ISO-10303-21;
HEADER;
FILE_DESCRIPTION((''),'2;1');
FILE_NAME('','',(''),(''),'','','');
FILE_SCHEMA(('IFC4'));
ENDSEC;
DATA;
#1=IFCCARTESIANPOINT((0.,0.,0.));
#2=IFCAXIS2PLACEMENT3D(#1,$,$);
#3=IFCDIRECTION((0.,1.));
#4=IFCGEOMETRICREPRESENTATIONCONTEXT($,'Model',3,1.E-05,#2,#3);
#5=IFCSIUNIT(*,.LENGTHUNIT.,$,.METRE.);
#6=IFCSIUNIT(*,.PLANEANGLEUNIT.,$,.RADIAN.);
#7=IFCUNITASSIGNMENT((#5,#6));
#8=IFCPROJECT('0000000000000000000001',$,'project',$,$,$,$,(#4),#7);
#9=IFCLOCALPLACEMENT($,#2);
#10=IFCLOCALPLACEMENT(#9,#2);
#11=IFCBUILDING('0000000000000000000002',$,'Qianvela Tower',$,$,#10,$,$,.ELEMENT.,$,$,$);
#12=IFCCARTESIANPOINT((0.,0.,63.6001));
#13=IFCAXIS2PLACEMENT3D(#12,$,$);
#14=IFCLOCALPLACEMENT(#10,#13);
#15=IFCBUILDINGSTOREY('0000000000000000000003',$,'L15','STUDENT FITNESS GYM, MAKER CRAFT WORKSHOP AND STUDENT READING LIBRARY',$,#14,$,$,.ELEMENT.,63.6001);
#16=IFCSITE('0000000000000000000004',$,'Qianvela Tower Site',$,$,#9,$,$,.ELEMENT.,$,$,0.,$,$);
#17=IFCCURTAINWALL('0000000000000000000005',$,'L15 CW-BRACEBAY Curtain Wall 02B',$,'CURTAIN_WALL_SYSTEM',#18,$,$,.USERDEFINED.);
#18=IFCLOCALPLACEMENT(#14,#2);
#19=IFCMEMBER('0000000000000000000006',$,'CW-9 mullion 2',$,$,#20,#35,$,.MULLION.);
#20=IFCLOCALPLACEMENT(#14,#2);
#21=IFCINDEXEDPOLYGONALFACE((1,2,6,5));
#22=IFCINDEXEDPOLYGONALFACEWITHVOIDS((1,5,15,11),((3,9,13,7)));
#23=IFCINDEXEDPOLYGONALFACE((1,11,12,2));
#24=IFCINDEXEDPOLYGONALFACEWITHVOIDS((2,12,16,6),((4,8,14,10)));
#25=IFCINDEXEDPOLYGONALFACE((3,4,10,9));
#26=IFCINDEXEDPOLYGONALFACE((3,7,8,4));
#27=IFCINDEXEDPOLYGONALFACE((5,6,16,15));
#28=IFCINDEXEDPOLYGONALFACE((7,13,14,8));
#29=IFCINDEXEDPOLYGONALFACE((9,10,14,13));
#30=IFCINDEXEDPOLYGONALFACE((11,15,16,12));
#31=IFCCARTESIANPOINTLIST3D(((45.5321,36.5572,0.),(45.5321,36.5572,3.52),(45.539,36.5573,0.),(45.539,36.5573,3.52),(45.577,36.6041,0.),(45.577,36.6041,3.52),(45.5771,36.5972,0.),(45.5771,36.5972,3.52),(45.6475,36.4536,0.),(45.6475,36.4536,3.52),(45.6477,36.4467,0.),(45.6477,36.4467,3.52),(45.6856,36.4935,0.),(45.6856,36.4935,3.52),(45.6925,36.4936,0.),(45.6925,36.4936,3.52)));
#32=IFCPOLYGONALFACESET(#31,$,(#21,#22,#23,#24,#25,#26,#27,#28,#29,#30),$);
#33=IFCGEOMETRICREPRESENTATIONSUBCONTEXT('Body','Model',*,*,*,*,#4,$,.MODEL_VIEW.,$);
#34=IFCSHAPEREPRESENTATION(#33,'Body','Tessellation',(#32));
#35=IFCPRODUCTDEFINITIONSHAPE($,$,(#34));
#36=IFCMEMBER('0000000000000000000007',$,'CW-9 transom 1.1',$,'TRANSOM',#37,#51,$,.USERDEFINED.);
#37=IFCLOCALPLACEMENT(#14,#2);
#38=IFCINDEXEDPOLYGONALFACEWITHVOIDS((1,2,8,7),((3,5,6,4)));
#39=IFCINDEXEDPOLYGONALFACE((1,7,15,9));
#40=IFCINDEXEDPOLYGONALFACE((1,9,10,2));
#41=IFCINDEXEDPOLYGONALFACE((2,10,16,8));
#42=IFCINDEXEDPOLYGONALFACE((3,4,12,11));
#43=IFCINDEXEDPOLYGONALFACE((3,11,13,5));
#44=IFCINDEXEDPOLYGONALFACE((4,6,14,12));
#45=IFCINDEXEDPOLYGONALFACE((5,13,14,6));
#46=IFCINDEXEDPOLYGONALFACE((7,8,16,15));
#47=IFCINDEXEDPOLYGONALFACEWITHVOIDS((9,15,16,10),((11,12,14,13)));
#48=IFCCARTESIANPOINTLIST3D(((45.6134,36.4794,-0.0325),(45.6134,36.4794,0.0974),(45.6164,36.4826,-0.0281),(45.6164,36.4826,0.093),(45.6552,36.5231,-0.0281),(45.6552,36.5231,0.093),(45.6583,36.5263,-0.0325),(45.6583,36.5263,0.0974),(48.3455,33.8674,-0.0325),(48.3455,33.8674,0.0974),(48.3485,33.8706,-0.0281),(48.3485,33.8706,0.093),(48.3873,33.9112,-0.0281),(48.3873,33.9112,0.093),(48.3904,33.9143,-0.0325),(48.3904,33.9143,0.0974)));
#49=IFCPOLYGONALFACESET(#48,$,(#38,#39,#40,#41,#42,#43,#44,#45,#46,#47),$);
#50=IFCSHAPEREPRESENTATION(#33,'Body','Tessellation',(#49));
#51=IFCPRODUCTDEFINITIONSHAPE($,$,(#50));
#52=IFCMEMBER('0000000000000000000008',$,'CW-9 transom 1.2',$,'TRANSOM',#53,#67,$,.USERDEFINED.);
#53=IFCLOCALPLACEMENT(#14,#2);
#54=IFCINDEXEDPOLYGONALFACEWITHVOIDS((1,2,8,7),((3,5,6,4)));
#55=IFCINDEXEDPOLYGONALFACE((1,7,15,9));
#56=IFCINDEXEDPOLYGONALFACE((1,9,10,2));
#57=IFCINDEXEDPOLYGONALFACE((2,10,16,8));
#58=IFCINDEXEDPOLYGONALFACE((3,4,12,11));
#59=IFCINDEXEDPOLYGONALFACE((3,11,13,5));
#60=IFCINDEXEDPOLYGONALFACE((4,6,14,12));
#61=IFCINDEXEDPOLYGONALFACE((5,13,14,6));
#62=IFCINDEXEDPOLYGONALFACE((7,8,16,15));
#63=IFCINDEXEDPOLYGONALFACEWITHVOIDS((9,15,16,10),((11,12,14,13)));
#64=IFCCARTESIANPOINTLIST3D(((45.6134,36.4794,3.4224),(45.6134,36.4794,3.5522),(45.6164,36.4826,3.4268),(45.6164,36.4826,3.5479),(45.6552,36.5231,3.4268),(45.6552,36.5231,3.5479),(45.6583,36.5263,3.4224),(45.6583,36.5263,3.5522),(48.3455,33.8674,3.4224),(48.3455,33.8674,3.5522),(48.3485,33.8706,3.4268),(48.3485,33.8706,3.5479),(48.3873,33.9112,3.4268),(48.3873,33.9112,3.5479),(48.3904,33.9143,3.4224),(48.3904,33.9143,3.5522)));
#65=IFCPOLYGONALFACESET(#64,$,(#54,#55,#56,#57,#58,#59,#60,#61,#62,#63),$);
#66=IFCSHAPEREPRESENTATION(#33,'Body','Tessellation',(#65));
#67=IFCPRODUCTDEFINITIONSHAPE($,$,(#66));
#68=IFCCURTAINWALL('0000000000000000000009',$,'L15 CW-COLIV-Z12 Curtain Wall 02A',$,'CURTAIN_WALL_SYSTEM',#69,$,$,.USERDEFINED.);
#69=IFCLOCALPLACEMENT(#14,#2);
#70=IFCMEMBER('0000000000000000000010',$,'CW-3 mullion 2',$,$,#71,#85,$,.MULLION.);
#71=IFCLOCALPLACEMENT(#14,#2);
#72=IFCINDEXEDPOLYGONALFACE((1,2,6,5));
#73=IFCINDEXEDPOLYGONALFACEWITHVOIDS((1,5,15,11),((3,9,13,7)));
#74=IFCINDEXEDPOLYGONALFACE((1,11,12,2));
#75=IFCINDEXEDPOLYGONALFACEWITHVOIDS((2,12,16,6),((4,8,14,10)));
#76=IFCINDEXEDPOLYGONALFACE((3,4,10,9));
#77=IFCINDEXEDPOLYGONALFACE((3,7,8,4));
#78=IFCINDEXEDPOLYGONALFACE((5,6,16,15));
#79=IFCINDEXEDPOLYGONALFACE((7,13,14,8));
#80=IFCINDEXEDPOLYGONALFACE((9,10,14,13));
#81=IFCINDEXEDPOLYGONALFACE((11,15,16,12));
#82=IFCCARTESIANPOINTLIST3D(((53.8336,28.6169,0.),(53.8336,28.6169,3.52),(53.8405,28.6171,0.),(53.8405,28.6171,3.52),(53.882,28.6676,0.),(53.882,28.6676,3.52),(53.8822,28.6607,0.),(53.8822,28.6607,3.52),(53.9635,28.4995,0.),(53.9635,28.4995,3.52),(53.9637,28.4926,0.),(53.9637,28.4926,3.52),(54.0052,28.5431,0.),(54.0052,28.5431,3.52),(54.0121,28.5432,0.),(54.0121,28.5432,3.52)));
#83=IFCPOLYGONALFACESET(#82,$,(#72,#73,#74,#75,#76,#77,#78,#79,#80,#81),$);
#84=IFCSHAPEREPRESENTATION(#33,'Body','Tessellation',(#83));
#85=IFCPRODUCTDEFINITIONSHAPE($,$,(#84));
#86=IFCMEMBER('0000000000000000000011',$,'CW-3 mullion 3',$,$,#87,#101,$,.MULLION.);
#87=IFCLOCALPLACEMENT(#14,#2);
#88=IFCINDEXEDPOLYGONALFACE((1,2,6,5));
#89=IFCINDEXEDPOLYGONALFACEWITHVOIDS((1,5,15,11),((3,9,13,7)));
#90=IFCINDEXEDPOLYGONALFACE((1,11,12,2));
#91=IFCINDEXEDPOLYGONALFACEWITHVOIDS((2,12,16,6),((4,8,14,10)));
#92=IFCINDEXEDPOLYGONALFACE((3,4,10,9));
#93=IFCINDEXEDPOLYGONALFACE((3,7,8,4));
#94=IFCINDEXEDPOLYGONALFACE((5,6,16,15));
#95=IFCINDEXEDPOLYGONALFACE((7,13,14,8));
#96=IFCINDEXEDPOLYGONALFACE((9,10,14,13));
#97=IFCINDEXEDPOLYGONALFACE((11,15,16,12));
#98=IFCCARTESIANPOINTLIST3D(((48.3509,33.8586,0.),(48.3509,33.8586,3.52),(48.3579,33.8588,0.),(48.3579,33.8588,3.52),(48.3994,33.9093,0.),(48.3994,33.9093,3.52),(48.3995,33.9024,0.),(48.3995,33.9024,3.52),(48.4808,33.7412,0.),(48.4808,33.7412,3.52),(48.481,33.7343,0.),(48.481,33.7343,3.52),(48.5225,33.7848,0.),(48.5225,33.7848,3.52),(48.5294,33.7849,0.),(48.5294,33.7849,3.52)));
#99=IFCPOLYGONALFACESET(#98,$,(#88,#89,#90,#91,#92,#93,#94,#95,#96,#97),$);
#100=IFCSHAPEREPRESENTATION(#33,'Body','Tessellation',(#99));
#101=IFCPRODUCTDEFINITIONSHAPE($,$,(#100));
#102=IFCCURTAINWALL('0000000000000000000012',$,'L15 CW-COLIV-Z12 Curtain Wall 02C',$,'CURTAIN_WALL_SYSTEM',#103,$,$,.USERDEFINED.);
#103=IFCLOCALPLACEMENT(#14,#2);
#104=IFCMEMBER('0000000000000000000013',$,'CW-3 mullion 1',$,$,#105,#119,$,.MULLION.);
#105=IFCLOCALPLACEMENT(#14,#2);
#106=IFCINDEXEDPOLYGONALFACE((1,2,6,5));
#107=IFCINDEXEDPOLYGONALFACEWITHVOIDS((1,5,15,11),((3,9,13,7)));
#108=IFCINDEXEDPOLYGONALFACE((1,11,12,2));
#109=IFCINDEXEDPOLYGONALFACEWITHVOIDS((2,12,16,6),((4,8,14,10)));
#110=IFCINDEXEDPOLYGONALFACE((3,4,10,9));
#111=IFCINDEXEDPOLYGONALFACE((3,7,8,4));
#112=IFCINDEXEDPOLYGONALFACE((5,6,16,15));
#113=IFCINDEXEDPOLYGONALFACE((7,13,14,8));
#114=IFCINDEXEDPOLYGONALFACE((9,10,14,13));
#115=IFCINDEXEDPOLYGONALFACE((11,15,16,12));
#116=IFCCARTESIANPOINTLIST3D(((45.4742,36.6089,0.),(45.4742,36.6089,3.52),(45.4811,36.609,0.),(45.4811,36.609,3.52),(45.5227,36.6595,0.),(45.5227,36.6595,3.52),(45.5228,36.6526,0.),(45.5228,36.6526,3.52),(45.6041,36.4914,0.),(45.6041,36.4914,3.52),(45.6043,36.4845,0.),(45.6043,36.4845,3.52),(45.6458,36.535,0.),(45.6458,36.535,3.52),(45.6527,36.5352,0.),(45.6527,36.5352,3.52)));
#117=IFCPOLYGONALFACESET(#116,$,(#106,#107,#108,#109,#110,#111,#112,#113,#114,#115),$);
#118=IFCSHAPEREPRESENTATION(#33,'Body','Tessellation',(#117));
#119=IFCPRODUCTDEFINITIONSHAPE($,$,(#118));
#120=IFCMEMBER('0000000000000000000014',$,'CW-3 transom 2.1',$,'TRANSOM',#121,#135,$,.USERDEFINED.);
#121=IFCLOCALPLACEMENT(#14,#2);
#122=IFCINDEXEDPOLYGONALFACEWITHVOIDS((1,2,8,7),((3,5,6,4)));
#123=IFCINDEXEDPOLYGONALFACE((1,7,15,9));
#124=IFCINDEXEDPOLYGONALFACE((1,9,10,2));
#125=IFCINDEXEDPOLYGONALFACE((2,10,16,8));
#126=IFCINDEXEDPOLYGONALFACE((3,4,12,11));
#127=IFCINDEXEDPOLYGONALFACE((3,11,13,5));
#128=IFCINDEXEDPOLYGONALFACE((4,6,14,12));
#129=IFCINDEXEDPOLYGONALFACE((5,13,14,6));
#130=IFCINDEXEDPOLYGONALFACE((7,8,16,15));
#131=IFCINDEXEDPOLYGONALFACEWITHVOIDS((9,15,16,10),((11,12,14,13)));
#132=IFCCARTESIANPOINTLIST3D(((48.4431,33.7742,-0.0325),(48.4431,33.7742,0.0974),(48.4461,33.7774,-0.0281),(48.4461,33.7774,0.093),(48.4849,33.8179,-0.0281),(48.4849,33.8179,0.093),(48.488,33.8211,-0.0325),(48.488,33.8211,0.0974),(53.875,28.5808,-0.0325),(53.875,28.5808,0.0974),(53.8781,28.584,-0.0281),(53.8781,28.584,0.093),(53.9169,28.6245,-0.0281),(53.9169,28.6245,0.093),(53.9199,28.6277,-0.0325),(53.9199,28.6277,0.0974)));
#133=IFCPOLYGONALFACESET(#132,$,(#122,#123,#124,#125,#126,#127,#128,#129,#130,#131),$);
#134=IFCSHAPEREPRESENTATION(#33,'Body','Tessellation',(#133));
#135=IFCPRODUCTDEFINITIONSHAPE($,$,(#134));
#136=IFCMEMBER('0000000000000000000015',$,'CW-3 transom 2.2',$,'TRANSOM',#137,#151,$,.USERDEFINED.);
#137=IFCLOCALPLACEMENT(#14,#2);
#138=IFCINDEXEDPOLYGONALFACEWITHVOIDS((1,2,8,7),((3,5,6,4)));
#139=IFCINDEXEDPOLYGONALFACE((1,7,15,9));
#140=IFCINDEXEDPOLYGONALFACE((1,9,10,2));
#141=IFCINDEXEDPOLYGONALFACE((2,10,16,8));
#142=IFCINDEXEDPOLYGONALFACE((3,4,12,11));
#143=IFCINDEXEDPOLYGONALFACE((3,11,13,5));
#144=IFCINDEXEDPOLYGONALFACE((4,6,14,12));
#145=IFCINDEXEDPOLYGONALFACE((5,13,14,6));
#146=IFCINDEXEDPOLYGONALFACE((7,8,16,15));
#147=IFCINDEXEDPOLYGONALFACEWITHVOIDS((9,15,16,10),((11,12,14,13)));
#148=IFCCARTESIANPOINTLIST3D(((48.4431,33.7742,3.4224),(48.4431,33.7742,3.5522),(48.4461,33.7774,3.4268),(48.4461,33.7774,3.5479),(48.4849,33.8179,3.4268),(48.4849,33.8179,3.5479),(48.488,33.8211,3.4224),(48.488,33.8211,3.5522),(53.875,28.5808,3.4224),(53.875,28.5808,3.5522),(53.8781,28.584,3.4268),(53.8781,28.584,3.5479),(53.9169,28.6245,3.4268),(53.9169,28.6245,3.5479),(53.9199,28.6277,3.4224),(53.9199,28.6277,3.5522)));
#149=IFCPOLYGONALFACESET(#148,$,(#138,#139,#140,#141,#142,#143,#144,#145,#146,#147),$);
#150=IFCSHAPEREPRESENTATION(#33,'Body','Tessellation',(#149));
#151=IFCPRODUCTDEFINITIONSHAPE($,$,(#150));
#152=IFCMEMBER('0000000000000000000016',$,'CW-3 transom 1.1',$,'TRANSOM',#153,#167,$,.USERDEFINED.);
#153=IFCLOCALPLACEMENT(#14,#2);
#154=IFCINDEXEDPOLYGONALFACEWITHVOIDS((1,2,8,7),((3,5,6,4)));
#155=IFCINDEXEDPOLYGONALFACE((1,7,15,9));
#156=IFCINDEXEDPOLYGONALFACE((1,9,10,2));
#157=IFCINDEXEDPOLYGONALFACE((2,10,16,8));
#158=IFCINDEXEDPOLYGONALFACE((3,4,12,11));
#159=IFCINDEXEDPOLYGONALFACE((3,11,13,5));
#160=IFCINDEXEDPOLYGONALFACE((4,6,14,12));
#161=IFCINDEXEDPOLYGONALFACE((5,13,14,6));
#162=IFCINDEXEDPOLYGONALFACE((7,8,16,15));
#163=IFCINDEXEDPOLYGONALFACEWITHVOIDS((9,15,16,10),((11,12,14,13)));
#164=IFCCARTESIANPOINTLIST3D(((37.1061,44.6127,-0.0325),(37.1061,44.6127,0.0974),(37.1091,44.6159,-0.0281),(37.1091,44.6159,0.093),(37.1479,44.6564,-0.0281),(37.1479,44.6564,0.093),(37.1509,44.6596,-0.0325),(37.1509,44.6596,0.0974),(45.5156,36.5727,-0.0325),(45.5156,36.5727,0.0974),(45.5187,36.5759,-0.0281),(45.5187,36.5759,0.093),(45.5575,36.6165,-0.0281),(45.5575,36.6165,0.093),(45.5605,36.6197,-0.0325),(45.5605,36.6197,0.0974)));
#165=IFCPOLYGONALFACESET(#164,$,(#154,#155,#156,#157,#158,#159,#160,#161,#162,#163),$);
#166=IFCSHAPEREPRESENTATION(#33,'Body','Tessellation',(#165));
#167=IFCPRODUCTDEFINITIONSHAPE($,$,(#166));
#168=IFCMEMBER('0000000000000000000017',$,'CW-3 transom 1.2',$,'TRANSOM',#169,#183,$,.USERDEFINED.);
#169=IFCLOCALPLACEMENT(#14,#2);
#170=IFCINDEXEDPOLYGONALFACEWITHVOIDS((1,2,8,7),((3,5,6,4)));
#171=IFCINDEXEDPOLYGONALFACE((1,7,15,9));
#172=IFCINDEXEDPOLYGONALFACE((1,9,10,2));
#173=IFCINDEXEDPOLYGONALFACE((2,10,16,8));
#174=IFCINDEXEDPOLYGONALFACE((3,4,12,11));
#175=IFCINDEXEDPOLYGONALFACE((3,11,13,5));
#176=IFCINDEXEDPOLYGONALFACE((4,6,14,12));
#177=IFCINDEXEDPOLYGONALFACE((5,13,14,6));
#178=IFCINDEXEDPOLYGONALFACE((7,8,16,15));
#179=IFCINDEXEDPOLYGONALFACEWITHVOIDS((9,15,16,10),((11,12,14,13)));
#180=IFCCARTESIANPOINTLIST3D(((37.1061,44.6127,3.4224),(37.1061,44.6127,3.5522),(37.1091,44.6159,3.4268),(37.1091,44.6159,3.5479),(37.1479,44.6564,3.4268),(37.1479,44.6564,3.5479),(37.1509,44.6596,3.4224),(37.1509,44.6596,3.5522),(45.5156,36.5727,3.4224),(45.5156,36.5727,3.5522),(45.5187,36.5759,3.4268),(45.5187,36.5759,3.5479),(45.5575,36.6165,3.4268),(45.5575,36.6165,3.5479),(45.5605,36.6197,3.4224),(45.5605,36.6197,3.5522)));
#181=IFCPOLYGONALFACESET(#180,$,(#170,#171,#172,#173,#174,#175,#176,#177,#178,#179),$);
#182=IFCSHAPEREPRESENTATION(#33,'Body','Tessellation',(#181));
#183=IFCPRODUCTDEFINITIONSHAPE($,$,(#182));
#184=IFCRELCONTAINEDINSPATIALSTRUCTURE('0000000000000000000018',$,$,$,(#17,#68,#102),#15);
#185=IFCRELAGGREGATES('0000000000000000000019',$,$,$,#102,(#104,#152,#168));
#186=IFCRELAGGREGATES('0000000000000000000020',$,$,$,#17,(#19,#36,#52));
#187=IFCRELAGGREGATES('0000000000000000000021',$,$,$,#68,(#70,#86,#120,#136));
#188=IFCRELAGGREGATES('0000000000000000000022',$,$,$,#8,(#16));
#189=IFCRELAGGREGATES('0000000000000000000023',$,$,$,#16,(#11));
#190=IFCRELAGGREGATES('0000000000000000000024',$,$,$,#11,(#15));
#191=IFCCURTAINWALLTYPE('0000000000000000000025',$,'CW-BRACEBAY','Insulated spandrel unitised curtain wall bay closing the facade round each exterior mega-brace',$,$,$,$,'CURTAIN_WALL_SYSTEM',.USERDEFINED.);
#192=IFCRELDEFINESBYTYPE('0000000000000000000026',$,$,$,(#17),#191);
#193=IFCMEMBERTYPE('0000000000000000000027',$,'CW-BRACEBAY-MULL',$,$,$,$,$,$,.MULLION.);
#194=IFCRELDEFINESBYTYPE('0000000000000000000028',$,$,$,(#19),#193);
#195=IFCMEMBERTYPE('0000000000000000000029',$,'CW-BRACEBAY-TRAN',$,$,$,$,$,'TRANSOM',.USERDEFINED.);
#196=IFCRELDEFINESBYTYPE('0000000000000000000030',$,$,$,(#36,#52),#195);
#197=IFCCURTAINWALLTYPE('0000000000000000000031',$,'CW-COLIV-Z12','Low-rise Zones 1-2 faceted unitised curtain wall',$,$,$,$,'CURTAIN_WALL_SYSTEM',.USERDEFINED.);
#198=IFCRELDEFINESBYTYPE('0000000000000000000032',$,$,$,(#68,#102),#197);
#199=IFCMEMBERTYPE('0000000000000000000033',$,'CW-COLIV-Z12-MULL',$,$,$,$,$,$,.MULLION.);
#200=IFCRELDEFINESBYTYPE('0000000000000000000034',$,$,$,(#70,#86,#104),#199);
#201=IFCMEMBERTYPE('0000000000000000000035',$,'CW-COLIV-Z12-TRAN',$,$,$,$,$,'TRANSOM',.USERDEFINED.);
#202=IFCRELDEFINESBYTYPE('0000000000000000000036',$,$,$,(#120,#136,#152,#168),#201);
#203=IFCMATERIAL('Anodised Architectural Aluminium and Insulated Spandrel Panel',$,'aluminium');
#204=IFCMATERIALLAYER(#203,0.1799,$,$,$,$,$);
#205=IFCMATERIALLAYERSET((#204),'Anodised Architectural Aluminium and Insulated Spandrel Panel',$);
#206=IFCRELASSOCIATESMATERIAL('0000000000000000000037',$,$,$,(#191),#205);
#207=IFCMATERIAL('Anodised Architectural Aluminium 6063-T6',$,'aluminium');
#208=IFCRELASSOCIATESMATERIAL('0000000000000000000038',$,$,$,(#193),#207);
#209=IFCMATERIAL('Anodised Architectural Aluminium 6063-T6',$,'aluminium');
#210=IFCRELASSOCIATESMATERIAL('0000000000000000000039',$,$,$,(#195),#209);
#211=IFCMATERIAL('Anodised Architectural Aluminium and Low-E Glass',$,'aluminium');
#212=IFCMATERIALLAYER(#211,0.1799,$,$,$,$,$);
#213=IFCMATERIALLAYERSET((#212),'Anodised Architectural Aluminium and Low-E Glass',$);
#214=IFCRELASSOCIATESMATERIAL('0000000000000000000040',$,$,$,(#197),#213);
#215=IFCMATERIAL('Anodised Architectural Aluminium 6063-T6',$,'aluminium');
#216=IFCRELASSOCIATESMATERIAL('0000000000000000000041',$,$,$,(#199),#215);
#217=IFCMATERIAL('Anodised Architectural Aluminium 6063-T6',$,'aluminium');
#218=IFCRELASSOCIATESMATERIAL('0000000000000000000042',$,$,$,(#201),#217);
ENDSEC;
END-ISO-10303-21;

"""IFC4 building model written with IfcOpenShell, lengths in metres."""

from ifc_helpers import new_model, si_unit, direction, frame, origin, origin_2d, place, context, subcontext, project, spatial, hollow_rectangle, extrude, material, layer, layer_set, material_profile, profile_set, type_object, element, aggregate, save


model = new_model("IFC4")

# Units and contexts
model_context = context("Model", 3, precision=1e-05, world=origin(), true_north=direction((0.0, 1.0)))
body_context = subcontext(model_context, "Body", "Model", "MODEL_VIEW")
ifc_project = project(units=[si_unit("LENGTHUNIT", "METRE"), si_unit("PLANEANGLEUNIT", "RADIAN")], contexts=[model_context])

# Site, building, storey
site_placement = place(None, origin())
site = spatial("IfcSite", under=ifc_project, at=site_placement, Name="Qianvela Tower Site", CompositionType="ELEMENT", RefElevation=0.0)
building_placement = place(site_placement, origin())
building = spatial("IfcBuilding", under=site, at=building_placement, Name="Qianvela Tower", CompositionType="ELEMENT")
storey_placement = place(building_placement, frame((0.0, 0.0, 63.6001)))
storey = spatial("IfcBuildingStorey", under=building, at=storey_placement, Name="L15", Description="STUDENT FITNESS GYM, MAKER CRAFT WORKSHOP AND STUDENT READING LIBRARY", CompositionType="ELEMENT", Elevation=63.6001)

# Curtain walls, members
ifc_material_1 = material(Name="Anodised Architectural Aluminium and Insulated Spandrel Panel", Category="aluminium")
ifc_layer_1 = layer(ifc_material_1, 0.1799)
ifc_layer_set_1 = layer_set([ifc_layer_1], Name="Anodised Architectural Aluminium and Insulated Spandrel Panel")
curtain_wall_type_1 = type_object("IfcCurtainWallType", Name="CW-BRACEBAY", Description="Insulated spandrel unitised curtain wall bay closing the facade round each exterior mega-brace", ElementType="CURTAIN_WALL_SYSTEM", PredefinedType="USERDEFINED", material=ifc_layer_set_1)
curtain_wall_1_placement = place(storey_placement, origin())
curtain_wall_1 = element("IfcCurtainWall", 1, at=curtain_wall_1_placement, inside=storey, type_object=curtain_wall_type_1, Name="L15 CW-BRACEBAY Curtain Wall 02B", ObjectType="CURTAIN_WALL_SYSTEM", PredefinedType="USERDEFINED")
ifc_material_2 = material(Name="Anodised Architectural Aluminium 6063-T6", Category="aluminium")
ifc_material_profile_1 = material_profile(ifc_material_2, hollow_rectangle(XDim=0.0649, YDim=0.1599, WallThickness=0.0049, at=origin_2d()), Name="ALU-MULL-65x160")
ifc_profile_set_1 = profile_set([ifc_material_profile_1], Name="Anodised Architectural Aluminium 6063-T6")
member_type_1 = type_object("IfcMemberType", Name="CW-BRACEBAY-MULL", PredefinedType="MULLION", material=ifc_profile_set_1)
member_1_placement = place(storey_placement, frame((45.6123, 36.5254, 0.0), z_axis=(0.0, 0.0, 1.0), x_axis=(-0.691046, -0.722811, 0.0)))
member_1 = element("IfcMember", 2, at=member_1_placement, type_object=member_type_1, Name="CW-9 mullion 2", PredefinedType="MULLION", context=body_context, shape_type="SweptSolid", body=[
    extrude(hollow_rectangle(XDim=0.0649, YDim=0.1599, WallThickness=0.0049, at=origin_2d()), origin(), (0.0, 0.0, 1.0), 3.52),
])
ifc_material_3 = material(Name="Anodised Architectural Aluminium 6063-T6", Category="aluminium")
ifc_material_profile_2 = material_profile(ifc_material_3, hollow_rectangle(XDim=0.0649, YDim=0.1299, WallThickness=0.0044, at=origin_2d()), Name="ALU-TRAN-65x130")
ifc_profile_set_2 = profile_set([ifc_material_profile_2], Name="Anodised Architectural Aluminium 6063-T6")
member_type_2 = type_object("IfcMemberType", Name="CW-BRACEBAY-TRAN", ElementType="TRANSOM", PredefinedType="USERDEFINED", material=ifc_profile_set_2)
member_2_placement = place(storey_placement, frame((48.3679, 33.8909, 0.0325), z_axis=(-0.722817, 0.691039, 0.0), x_axis=(-0.691039, -0.722817, 0.0)))
member_2 = element("IfcMember", 3, at=member_2_placement, type_object=member_type_2, Name="CW-9 transom 1.1", ObjectType="TRANSOM", PredefinedType="USERDEFINED", context=body_context, shape_type="SweptSolid", body=[
    extrude(hollow_rectangle(XDim=0.0649, YDim=0.1299, WallThickness=0.0044, at=origin_2d()), origin(), (0.0, 0.0, 1.0), 3.7798),
])
member_3_placement = place(storey_placement, frame((48.3679, 33.8909, 3.4873), z_axis=(-0.722817, 0.691039, 0.0), x_axis=(-0.691039, -0.722817, 0.0)))
member_3 = element("IfcMember", 4, at=member_3_placement, type_object=member_type_2, Name="CW-9 transom 1.2", ObjectType="TRANSOM", PredefinedType="USERDEFINED", context=body_context, shape_type="SweptSolid", body=[
    extrude(hollow_rectangle(XDim=0.0649, YDim=0.1299, WallThickness=0.0044, at=origin_2d()), origin(), (0.0, 0.0, 1.0), 3.7798),
])
ifc_material_4 = material(Name="Anodised Architectural Aluminium and Low-E Glass", Category="aluminium")
ifc_layer_2 = layer(ifc_material_4, 0.1799)
ifc_layer_set_2 = layer_set([ifc_layer_2], Name="Anodised Architectural Aluminium and Low-E Glass")
curtain_wall_type_2 = type_object("IfcCurtainWallType", Name="CW-COLIV-Z12", Description="Low-rise Zones 1-2 faceted unitised curtain wall", ElementType="CURTAIN_WALL_SYSTEM", PredefinedType="USERDEFINED", material=ifc_layer_set_2)
curtain_wall_2_placement = place(storey_placement, origin())
curtain_wall_2 = element("IfcCurtainWall", 5, at=curtain_wall_2_placement, inside=storey, type_object=curtain_wall_type_2, Name="L15 CW-COLIV-Z12 Curtain Wall 02A", ObjectType="CURTAIN_WALL_SYSTEM", PredefinedType="USERDEFINED")
ifc_material_5 = material(Name="Anodised Architectural Aluminium 6063-T6", Category="aluminium")
ifc_material_profile_3 = material_profile(ifc_material_5, hollow_rectangle(XDim=0.0701, YDim=0.1799, WallThickness=0.0049, at=origin_2d()), Name="ALU-MULL-70x180")
ifc_profile_set_3 = profile_set([ifc_material_profile_3], Name="Anodised Architectural Aluminium 6063-T6")
member_type_3 = type_object("IfcMemberType", Name="CW-COLIV-Z12-MULL", PredefinedType="MULLION", material=ifc_profile_set_3)
member_4_placement = place(storey_placement, frame((53.9229, 28.5801, 0.0), z_axis=(0.0, 0.0, 1.0), x_axis=(-0.691043, -0.722814, 0.0)))
member_4 = element("IfcMember", 6, at=member_4_placement, type_object=member_type_3, Name="CW-3 mullion 2", PredefinedType="MULLION", context=body_context, shape_type="SweptSolid", body=[
    extrude(hollow_rectangle(XDim=0.0701, YDim=0.1799, WallThickness=0.0049, at=origin_2d()), origin(), (0.0, 0.0, 1.0), 3.52),
])
member_5_placement = place(storey_placement, frame((48.4402, 33.8218, 0.0), z_axis=(0.0, 0.0, 1.0), x_axis=(-0.691043, -0.722814, 0.0)))
member_5 = element("IfcMember", 7, at=member_5_placement, type_object=member_type_3, Name="CW-3 mullion 3", PredefinedType="MULLION", context=body_context, shape_type="SweptSolid", body=[
    extrude(hollow_rectangle(XDim=0.0701, YDim=0.1799, WallThickness=0.0049, at=origin_2d()), origin(), (0.0, 0.0, 1.0), 3.52),
])

# Curtain wall, member
curtain_wall_3_placement = place(storey_placement, origin())
curtain_wall_3 = element("IfcCurtainWall", 8, at=curtain_wall_3_placement, inside=storey, type_object=curtain_wall_type_2, Name="L15 CW-COLIV-Z12 Curtain Wall 02C", ObjectType="CURTAIN_WALL_SYSTEM", PredefinedType="USERDEFINED")
member_6_placement = place(storey_placement, frame((45.5635, 36.572, 0.0), z_axis=(0.0, 0.0, 1.0), x_axis=(-0.691042, -0.722814, 0.0)))
member_6 = element("IfcMember", 9, at=member_6_placement, type_object=member_type_3, Name="CW-3 mullion 1", PredefinedType="MULLION", context=body_context, shape_type="SweptSolid", body=[
    extrude(hollow_rectangle(XDim=0.0701, YDim=0.1799, WallThickness=0.0049, at=origin_2d()), origin(), (0.0, 0.0, 1.0), 3.52),
])

# Members
ifc_material_6 = material(Name="Anodised Architectural Aluminium 6063-T6", Category="aluminium")
ifc_material_profile_4 = material_profile(ifc_material_6, hollow_rectangle(XDim=0.0649, YDim=0.1299, WallThickness=0.0044, at=origin_2d()), Name="ALU-TRAN-65x130")
ifc_profile_set_4 = profile_set([ifc_material_profile_4], Name="Anodised Architectural Aluminium 6063-T6")
member_type_4 = type_object("IfcMemberType", Name="CW-COLIV-Z12-TRAN", ElementType="TRANSOM", PredefinedType="USERDEFINED", material=ifc_profile_set_4)
member_7_placement = place(storey_placement, frame((53.8975, 28.6042, 0.0325), z_axis=(-0.722798, 0.691059, 0.0), x_axis=(-0.691059, -0.722798, 0.0)))
member_7 = element("IfcMember", 10, at=member_7_placement, type_object=member_type_4, Name="CW-3 transom 2.1", ObjectType="TRANSOM", PredefinedType="USERDEFINED", context=body_context, shape_type="SweptSolid", body=[
    extrude(hollow_rectangle(XDim=0.0649, YDim=0.1299, WallThickness=0.0044, at=origin_2d()), origin(), (0.0, 0.0, 1.0), 7.5151),
])
member_8_placement = place(storey_placement, frame((53.8975, 28.6042, 3.4873), z_axis=(-0.722798, 0.691059, 0.0), x_axis=(-0.691059, -0.722798, 0.0)))
member_8 = element("IfcMember", 11, at=member_8_placement, type_object=member_type_4, Name="CW-3 transom 2.2", ObjectType="TRANSOM", PredefinedType="USERDEFINED", context=body_context, shape_type="SweptSolid", body=[
    extrude(hollow_rectangle(XDim=0.0649, YDim=0.1299, WallThickness=0.0044, at=origin_2d()), origin(), (0.0, 0.0, 1.0), 7.5151),
])
member_9_placement = place(storey_placement, frame((45.5381, 36.5962, 0.0325), z_axis=(-0.722813, 0.691043, 0.0), x_axis=(-0.691043, -0.722813, 0.0)))
member_9 = element("IfcMember", 12, at=member_9_placement, type_object=member_type_4, Name="CW-3 transom 1.1", ObjectType="TRANSOM", PredefinedType="USERDEFINED", context=body_context, shape_type="SweptSolid", body=[
    extrude(hollow_rectangle(XDim=0.0649, YDim=0.1299, WallThickness=0.0044, at=origin_2d()), origin(), (0.0, 0.0, 1.0), 11.6345),
])
member_10_placement = place(storey_placement, frame((45.5381, 36.5962, 3.4873), z_axis=(-0.722813, 0.691043, 0.0), x_axis=(-0.691043, -0.722813, 0.0)))
member_10 = element("IfcMember", 13, at=member_10_placement, type_object=member_type_4, Name="CW-3 transom 1.2", ObjectType="TRANSOM", PredefinedType="USERDEFINED", context=body_context, shape_type="SweptSolid", body=[
    extrude(hollow_rectangle(XDim=0.0649, YDim=0.1299, WallThickness=0.0044, at=origin_2d()), origin(), (0.0, 0.0, 1.0), 11.6345),
])
aggregate(curtain_wall_3, [member_6, member_9, member_10])

aggregate(curtain_wall_1, [member_1, member_2, member_3])
aggregate(curtain_wall_2, [member_4, member_5, member_7, member_8])

save(model, "model.ifc")
